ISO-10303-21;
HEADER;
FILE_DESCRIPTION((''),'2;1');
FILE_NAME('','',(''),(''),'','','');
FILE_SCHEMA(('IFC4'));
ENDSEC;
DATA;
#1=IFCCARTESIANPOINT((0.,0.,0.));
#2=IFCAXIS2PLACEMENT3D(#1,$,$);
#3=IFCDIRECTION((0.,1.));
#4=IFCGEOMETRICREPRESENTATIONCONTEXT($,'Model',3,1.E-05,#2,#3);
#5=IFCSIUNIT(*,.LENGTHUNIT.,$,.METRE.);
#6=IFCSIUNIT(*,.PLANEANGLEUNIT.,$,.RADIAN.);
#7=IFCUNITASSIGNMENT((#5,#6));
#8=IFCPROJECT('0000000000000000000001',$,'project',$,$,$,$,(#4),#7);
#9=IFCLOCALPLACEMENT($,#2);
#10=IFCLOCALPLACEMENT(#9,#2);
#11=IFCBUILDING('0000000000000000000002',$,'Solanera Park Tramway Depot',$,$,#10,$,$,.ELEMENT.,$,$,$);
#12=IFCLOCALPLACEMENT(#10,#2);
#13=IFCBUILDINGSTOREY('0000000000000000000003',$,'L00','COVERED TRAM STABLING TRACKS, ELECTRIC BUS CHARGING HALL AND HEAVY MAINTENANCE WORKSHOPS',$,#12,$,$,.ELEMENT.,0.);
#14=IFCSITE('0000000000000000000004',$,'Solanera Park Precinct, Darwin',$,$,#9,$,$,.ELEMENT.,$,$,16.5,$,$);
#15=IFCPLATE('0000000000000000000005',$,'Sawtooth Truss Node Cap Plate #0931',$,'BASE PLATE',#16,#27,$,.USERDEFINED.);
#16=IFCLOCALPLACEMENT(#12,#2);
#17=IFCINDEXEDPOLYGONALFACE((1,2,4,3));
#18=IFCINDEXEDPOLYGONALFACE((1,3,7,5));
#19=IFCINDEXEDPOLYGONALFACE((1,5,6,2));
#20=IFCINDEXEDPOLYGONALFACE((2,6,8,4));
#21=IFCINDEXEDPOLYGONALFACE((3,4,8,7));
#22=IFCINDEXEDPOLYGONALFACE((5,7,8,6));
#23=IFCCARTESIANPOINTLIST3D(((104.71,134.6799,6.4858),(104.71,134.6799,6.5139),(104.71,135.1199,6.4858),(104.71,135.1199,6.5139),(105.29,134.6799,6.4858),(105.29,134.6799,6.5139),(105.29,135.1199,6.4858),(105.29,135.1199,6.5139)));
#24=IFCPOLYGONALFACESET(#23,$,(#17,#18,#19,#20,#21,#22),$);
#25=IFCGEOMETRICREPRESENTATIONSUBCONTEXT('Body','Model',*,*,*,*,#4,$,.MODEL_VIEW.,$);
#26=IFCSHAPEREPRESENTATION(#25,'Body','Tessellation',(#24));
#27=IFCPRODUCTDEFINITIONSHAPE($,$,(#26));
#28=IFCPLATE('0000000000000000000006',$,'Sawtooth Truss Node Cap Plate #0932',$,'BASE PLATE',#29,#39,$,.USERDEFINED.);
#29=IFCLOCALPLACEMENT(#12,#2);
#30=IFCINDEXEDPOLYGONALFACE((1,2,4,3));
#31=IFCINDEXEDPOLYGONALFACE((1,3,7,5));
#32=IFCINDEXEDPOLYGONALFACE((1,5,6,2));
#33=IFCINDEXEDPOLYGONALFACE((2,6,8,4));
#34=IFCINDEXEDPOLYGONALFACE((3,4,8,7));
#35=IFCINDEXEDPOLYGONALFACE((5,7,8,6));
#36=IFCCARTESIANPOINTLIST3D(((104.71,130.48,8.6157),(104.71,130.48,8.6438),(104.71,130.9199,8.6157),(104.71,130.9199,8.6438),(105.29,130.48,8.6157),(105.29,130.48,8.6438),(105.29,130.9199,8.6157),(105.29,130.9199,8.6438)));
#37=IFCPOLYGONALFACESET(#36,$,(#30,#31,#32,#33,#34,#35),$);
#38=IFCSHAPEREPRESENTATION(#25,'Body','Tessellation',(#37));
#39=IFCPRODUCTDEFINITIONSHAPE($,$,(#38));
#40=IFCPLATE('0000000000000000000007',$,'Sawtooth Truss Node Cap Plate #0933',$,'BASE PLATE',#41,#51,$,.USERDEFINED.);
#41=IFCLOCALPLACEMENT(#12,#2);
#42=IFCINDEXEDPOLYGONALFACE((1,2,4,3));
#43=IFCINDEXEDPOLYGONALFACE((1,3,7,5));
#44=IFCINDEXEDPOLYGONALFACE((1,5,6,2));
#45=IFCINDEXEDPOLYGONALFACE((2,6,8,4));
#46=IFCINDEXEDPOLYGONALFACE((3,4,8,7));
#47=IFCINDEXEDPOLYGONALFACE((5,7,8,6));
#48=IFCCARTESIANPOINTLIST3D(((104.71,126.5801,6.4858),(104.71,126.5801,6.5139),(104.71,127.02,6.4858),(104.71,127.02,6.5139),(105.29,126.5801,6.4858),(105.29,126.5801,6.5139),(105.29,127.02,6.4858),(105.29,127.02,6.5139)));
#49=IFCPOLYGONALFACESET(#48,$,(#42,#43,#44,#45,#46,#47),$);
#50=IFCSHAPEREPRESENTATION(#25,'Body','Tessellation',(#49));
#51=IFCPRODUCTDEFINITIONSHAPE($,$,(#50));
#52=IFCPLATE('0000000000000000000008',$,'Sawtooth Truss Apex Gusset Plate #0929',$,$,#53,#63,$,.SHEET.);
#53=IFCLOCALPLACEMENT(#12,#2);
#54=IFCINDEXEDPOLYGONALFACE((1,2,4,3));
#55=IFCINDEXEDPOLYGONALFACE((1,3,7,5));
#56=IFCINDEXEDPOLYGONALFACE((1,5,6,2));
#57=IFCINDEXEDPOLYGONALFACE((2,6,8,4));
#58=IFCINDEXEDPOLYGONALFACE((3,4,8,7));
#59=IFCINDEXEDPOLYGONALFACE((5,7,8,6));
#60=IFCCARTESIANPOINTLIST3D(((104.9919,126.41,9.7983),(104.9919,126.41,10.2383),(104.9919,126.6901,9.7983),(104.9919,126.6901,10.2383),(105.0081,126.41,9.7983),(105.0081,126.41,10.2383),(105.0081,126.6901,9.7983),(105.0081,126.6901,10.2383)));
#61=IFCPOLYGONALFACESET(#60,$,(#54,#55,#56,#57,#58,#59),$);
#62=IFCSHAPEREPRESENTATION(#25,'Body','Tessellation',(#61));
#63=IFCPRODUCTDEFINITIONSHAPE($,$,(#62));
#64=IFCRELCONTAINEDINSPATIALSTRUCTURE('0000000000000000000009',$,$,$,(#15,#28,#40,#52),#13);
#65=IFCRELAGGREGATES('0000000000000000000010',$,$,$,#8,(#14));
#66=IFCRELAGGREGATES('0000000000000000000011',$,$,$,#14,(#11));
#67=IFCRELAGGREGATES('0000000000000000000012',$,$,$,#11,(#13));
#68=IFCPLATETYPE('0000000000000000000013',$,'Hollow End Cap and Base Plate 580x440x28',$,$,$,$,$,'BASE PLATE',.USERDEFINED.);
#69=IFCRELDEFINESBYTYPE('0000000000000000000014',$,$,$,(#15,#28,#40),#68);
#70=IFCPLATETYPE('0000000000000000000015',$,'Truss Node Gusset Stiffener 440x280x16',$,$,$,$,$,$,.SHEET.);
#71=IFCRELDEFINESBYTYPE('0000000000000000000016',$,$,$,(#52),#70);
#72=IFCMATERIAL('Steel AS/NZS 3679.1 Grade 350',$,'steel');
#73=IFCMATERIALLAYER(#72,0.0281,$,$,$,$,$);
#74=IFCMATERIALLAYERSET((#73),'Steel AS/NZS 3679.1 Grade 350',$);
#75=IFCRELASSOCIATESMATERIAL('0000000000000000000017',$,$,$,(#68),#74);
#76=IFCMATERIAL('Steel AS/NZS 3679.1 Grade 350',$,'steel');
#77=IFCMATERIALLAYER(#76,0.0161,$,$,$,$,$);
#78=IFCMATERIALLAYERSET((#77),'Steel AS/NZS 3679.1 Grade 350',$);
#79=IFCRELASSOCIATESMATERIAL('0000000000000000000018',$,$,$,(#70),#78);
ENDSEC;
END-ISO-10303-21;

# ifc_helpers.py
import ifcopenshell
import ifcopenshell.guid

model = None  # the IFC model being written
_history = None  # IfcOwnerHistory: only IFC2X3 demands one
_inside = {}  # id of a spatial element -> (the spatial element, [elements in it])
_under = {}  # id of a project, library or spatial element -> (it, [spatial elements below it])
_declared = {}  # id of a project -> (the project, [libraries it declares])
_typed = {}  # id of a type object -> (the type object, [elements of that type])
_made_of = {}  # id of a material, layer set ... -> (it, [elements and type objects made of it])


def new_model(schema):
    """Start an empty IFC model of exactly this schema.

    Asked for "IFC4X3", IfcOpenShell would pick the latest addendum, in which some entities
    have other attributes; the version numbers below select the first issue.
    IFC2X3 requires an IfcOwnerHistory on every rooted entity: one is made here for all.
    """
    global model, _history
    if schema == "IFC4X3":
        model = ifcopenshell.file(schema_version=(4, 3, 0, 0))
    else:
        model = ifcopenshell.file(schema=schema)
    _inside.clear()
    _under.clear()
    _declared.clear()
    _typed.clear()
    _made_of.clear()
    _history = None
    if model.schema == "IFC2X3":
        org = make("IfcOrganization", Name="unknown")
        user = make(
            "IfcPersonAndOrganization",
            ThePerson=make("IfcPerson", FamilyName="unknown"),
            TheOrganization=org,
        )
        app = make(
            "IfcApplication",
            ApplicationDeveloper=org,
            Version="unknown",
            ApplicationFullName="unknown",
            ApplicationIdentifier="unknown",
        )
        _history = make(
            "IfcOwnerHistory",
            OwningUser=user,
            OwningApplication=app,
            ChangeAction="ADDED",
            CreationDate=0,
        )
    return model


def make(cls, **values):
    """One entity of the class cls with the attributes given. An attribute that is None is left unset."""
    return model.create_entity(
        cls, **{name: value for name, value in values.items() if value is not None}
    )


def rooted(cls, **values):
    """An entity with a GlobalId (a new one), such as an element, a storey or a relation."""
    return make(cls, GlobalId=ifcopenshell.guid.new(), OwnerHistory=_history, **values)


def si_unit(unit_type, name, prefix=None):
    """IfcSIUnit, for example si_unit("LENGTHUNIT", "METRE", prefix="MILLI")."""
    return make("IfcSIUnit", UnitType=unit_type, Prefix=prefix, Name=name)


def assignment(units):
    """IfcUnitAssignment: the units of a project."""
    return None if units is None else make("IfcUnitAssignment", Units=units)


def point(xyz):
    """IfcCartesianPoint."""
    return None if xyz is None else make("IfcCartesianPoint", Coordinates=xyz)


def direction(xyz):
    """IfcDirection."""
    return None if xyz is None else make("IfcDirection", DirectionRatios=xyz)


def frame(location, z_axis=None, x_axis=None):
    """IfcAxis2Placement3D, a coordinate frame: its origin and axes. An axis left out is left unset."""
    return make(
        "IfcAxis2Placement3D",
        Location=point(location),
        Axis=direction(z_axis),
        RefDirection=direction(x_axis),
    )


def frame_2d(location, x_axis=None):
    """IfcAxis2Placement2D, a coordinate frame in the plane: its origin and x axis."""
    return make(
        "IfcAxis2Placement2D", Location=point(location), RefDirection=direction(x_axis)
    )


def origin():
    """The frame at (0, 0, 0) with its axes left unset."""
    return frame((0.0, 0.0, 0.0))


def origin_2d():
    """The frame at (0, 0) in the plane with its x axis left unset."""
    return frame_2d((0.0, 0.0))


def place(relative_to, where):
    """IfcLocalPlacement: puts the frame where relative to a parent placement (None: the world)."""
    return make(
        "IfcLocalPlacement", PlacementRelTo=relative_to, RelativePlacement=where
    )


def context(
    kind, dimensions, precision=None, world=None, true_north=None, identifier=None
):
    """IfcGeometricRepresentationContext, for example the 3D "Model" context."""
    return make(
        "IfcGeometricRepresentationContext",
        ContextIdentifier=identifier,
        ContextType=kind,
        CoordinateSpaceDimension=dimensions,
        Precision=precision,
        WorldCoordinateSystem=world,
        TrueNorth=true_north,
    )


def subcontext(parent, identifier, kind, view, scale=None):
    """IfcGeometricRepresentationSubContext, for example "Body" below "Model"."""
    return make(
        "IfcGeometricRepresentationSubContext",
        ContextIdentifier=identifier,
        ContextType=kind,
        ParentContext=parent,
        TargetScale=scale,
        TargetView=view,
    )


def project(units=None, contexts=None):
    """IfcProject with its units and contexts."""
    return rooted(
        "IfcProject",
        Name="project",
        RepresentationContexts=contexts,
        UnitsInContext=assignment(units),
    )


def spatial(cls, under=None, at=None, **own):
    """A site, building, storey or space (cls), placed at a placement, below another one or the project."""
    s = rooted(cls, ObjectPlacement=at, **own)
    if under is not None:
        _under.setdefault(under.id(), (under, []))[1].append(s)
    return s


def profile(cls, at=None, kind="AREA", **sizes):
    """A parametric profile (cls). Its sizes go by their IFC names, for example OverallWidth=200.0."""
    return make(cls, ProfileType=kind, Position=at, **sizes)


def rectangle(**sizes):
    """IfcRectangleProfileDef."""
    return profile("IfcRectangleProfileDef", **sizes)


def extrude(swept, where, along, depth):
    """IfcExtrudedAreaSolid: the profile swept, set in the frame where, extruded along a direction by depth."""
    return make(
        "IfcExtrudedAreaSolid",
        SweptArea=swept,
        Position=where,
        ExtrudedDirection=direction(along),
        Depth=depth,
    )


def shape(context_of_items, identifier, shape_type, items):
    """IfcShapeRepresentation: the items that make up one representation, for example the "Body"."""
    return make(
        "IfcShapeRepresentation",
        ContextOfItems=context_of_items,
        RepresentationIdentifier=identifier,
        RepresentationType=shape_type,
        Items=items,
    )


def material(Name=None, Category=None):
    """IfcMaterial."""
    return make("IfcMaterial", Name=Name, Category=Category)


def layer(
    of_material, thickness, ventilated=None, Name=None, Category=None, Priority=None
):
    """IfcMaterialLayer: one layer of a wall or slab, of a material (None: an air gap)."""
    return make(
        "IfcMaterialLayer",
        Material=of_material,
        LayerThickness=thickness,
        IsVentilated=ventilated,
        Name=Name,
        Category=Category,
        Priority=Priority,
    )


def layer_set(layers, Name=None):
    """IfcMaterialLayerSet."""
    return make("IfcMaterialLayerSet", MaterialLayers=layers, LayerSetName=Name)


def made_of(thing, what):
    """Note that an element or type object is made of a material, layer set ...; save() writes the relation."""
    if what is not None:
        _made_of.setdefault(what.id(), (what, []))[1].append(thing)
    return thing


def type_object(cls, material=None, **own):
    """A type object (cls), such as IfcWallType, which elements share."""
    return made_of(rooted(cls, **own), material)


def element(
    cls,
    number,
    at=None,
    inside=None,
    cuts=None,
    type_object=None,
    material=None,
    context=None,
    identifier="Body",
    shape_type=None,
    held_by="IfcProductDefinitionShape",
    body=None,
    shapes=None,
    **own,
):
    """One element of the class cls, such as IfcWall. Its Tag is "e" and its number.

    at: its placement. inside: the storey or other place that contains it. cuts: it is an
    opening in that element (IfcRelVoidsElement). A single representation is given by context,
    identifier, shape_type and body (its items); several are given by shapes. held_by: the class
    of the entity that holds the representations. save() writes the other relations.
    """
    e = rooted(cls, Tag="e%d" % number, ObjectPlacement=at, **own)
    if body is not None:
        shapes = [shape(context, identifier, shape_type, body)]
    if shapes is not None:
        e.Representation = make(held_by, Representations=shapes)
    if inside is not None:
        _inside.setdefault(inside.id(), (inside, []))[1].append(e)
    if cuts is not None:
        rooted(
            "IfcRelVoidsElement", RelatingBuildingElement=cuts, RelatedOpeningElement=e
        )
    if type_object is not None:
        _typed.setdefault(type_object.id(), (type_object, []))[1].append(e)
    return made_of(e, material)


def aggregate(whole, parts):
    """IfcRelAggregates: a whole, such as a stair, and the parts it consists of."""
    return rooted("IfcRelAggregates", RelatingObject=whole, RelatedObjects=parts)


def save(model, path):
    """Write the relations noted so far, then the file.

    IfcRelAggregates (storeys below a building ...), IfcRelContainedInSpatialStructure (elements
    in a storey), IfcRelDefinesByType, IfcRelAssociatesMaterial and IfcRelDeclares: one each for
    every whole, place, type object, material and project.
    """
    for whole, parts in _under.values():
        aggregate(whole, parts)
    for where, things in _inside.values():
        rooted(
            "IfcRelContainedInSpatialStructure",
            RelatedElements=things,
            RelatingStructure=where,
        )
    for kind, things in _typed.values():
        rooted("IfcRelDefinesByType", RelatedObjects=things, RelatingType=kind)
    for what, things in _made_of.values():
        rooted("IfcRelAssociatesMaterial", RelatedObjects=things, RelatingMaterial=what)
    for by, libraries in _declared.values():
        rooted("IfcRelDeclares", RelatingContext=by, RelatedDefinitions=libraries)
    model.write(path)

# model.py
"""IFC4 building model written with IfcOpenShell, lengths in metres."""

from ifc_helpers import new_model, si_unit, direction, frame, origin, origin_2d, place, context, subcontext, project, spatial, rectangle, extrude, material, layer, layer_set, type_object, element, save


model = new_model("IFC4")

# Units and contexts
model_context = context("Model", 3, precision=1e-05, world=origin(), true_north=direction((0.0, 1.0)))
body_context = subcontext(model_context, "Body", "Model", "MODEL_VIEW")
ifc_project = project(units=[si_unit("LENGTHUNIT", "METRE"), si_unit("PLANEANGLEUNIT", "RADIAN")], contexts=[model_context])

# Site, building, storey
site_placement = place(None, origin())
site = spatial("IfcSite", under=ifc_project, at=site_placement, Name="Solanera Park Precinct, Darwin", CompositionType="ELEMENT", RefElevation=16.5)
building_placement = place(site_placement, origin())
building = spatial("IfcBuilding", under=site, at=building_placement, Name="Solanera Park Tramway Depot", CompositionType="ELEMENT")
storey_placement = place(building_placement, origin())
storey = spatial("IfcBuildingStorey", under=building, at=storey_placement, Name="L00", Description="COVERED TRAM STABLING TRACKS, ELECTRIC BUS CHARGING HALL AND HEAVY MAINTENANCE WORKSHOPS", CompositionType="ELEMENT", Elevation=0.0)

# Plates
ifc_material_1 = material(Name="Steel AS/NZS 3679.1 Grade 350", Category="steel")
ifc_layer_1 = layer(ifc_material_1, 0.0281)
ifc_layer_set_1 = layer_set([ifc_layer_1], Name="Steel AS/NZS 3679.1 Grade 350")
plate_type_1 = type_object("IfcPlateType", Name="Hollow End Cap and Base Plate 580x440x28", ElementType="BASE PLATE", PredefinedType="USERDEFINED", material=ifc_layer_set_1)
for number, where, z_axis, x_axis, name in (
    (1, (105.0, 134.8999, 6.4858), (0.0, 0.0, 1.0), (1.0, 0.0, 0.0), "Sawtooth Truss Node Cap Plate #0931"),
    (2, (105.0, 130.7, 8.6157), (0.0, 0.0, 1.0), (1.0, 0.0, 0.0), "Sawtooth Truss Node Cap Plate #0932"),
    (3, (105.0, 126.8, 6.4858), (0.0, 0.0, 1.0), (1.0, 0.0, 0.0), "Sawtooth Truss Node Cap Plate #0933"),
):
    element("IfcPlate", number, at=place(storey_placement, frame(where, z_axis=z_axis, x_axis=x_axis)), inside=storey, type_object=plate_type_1, Name=name, ObjectType="BASE PLATE", PredefinedType="USERDEFINED", context=body_context, shape_type="SweptSolid", body=[
        extrude(rectangle(XDim=0.5801, YDim=0.4399, at=origin_2d()), origin(), (0.0, 0.0, 1.0), 0.0281),
    ])
ifc_material_2 = material(Name="Steel AS/NZS 3679.1 Grade 350", Category="steel")
ifc_layer_2 = layer(ifc_material_2, 0.0161)
ifc_layer_set_2 = layer_set([ifc_layer_2], Name="Steel AS/NZS 3679.1 Grade 350")
plate_type_2 = type_object("IfcPlateType", Name="Truss Node Gusset Stiffener 440x280x16", PredefinedType="SHEET", material=ifc_layer_set_2)
plate_1_placement = place(storey_placement, frame((105.0, 126.55, 9.7983), z_axis=(0.0, 0.0, 1.0), x_axis=(1.0, 0.0, 0.0)))
element("IfcPlate", 4, at=plate_1_placement, inside=storey, type_object=plate_type_2, Name="Sawtooth Truss Apex Gusset Plate #0929", PredefinedType="SHEET", context=body_context, shape_type="SweptSolid", body=[
    extrude(rectangle(XDim=0.0161, YDim=0.28, at=origin_2d()), origin(), (0.0, 0.0, 1.0), 0.4399),
])

save(model, "model.ifc")
